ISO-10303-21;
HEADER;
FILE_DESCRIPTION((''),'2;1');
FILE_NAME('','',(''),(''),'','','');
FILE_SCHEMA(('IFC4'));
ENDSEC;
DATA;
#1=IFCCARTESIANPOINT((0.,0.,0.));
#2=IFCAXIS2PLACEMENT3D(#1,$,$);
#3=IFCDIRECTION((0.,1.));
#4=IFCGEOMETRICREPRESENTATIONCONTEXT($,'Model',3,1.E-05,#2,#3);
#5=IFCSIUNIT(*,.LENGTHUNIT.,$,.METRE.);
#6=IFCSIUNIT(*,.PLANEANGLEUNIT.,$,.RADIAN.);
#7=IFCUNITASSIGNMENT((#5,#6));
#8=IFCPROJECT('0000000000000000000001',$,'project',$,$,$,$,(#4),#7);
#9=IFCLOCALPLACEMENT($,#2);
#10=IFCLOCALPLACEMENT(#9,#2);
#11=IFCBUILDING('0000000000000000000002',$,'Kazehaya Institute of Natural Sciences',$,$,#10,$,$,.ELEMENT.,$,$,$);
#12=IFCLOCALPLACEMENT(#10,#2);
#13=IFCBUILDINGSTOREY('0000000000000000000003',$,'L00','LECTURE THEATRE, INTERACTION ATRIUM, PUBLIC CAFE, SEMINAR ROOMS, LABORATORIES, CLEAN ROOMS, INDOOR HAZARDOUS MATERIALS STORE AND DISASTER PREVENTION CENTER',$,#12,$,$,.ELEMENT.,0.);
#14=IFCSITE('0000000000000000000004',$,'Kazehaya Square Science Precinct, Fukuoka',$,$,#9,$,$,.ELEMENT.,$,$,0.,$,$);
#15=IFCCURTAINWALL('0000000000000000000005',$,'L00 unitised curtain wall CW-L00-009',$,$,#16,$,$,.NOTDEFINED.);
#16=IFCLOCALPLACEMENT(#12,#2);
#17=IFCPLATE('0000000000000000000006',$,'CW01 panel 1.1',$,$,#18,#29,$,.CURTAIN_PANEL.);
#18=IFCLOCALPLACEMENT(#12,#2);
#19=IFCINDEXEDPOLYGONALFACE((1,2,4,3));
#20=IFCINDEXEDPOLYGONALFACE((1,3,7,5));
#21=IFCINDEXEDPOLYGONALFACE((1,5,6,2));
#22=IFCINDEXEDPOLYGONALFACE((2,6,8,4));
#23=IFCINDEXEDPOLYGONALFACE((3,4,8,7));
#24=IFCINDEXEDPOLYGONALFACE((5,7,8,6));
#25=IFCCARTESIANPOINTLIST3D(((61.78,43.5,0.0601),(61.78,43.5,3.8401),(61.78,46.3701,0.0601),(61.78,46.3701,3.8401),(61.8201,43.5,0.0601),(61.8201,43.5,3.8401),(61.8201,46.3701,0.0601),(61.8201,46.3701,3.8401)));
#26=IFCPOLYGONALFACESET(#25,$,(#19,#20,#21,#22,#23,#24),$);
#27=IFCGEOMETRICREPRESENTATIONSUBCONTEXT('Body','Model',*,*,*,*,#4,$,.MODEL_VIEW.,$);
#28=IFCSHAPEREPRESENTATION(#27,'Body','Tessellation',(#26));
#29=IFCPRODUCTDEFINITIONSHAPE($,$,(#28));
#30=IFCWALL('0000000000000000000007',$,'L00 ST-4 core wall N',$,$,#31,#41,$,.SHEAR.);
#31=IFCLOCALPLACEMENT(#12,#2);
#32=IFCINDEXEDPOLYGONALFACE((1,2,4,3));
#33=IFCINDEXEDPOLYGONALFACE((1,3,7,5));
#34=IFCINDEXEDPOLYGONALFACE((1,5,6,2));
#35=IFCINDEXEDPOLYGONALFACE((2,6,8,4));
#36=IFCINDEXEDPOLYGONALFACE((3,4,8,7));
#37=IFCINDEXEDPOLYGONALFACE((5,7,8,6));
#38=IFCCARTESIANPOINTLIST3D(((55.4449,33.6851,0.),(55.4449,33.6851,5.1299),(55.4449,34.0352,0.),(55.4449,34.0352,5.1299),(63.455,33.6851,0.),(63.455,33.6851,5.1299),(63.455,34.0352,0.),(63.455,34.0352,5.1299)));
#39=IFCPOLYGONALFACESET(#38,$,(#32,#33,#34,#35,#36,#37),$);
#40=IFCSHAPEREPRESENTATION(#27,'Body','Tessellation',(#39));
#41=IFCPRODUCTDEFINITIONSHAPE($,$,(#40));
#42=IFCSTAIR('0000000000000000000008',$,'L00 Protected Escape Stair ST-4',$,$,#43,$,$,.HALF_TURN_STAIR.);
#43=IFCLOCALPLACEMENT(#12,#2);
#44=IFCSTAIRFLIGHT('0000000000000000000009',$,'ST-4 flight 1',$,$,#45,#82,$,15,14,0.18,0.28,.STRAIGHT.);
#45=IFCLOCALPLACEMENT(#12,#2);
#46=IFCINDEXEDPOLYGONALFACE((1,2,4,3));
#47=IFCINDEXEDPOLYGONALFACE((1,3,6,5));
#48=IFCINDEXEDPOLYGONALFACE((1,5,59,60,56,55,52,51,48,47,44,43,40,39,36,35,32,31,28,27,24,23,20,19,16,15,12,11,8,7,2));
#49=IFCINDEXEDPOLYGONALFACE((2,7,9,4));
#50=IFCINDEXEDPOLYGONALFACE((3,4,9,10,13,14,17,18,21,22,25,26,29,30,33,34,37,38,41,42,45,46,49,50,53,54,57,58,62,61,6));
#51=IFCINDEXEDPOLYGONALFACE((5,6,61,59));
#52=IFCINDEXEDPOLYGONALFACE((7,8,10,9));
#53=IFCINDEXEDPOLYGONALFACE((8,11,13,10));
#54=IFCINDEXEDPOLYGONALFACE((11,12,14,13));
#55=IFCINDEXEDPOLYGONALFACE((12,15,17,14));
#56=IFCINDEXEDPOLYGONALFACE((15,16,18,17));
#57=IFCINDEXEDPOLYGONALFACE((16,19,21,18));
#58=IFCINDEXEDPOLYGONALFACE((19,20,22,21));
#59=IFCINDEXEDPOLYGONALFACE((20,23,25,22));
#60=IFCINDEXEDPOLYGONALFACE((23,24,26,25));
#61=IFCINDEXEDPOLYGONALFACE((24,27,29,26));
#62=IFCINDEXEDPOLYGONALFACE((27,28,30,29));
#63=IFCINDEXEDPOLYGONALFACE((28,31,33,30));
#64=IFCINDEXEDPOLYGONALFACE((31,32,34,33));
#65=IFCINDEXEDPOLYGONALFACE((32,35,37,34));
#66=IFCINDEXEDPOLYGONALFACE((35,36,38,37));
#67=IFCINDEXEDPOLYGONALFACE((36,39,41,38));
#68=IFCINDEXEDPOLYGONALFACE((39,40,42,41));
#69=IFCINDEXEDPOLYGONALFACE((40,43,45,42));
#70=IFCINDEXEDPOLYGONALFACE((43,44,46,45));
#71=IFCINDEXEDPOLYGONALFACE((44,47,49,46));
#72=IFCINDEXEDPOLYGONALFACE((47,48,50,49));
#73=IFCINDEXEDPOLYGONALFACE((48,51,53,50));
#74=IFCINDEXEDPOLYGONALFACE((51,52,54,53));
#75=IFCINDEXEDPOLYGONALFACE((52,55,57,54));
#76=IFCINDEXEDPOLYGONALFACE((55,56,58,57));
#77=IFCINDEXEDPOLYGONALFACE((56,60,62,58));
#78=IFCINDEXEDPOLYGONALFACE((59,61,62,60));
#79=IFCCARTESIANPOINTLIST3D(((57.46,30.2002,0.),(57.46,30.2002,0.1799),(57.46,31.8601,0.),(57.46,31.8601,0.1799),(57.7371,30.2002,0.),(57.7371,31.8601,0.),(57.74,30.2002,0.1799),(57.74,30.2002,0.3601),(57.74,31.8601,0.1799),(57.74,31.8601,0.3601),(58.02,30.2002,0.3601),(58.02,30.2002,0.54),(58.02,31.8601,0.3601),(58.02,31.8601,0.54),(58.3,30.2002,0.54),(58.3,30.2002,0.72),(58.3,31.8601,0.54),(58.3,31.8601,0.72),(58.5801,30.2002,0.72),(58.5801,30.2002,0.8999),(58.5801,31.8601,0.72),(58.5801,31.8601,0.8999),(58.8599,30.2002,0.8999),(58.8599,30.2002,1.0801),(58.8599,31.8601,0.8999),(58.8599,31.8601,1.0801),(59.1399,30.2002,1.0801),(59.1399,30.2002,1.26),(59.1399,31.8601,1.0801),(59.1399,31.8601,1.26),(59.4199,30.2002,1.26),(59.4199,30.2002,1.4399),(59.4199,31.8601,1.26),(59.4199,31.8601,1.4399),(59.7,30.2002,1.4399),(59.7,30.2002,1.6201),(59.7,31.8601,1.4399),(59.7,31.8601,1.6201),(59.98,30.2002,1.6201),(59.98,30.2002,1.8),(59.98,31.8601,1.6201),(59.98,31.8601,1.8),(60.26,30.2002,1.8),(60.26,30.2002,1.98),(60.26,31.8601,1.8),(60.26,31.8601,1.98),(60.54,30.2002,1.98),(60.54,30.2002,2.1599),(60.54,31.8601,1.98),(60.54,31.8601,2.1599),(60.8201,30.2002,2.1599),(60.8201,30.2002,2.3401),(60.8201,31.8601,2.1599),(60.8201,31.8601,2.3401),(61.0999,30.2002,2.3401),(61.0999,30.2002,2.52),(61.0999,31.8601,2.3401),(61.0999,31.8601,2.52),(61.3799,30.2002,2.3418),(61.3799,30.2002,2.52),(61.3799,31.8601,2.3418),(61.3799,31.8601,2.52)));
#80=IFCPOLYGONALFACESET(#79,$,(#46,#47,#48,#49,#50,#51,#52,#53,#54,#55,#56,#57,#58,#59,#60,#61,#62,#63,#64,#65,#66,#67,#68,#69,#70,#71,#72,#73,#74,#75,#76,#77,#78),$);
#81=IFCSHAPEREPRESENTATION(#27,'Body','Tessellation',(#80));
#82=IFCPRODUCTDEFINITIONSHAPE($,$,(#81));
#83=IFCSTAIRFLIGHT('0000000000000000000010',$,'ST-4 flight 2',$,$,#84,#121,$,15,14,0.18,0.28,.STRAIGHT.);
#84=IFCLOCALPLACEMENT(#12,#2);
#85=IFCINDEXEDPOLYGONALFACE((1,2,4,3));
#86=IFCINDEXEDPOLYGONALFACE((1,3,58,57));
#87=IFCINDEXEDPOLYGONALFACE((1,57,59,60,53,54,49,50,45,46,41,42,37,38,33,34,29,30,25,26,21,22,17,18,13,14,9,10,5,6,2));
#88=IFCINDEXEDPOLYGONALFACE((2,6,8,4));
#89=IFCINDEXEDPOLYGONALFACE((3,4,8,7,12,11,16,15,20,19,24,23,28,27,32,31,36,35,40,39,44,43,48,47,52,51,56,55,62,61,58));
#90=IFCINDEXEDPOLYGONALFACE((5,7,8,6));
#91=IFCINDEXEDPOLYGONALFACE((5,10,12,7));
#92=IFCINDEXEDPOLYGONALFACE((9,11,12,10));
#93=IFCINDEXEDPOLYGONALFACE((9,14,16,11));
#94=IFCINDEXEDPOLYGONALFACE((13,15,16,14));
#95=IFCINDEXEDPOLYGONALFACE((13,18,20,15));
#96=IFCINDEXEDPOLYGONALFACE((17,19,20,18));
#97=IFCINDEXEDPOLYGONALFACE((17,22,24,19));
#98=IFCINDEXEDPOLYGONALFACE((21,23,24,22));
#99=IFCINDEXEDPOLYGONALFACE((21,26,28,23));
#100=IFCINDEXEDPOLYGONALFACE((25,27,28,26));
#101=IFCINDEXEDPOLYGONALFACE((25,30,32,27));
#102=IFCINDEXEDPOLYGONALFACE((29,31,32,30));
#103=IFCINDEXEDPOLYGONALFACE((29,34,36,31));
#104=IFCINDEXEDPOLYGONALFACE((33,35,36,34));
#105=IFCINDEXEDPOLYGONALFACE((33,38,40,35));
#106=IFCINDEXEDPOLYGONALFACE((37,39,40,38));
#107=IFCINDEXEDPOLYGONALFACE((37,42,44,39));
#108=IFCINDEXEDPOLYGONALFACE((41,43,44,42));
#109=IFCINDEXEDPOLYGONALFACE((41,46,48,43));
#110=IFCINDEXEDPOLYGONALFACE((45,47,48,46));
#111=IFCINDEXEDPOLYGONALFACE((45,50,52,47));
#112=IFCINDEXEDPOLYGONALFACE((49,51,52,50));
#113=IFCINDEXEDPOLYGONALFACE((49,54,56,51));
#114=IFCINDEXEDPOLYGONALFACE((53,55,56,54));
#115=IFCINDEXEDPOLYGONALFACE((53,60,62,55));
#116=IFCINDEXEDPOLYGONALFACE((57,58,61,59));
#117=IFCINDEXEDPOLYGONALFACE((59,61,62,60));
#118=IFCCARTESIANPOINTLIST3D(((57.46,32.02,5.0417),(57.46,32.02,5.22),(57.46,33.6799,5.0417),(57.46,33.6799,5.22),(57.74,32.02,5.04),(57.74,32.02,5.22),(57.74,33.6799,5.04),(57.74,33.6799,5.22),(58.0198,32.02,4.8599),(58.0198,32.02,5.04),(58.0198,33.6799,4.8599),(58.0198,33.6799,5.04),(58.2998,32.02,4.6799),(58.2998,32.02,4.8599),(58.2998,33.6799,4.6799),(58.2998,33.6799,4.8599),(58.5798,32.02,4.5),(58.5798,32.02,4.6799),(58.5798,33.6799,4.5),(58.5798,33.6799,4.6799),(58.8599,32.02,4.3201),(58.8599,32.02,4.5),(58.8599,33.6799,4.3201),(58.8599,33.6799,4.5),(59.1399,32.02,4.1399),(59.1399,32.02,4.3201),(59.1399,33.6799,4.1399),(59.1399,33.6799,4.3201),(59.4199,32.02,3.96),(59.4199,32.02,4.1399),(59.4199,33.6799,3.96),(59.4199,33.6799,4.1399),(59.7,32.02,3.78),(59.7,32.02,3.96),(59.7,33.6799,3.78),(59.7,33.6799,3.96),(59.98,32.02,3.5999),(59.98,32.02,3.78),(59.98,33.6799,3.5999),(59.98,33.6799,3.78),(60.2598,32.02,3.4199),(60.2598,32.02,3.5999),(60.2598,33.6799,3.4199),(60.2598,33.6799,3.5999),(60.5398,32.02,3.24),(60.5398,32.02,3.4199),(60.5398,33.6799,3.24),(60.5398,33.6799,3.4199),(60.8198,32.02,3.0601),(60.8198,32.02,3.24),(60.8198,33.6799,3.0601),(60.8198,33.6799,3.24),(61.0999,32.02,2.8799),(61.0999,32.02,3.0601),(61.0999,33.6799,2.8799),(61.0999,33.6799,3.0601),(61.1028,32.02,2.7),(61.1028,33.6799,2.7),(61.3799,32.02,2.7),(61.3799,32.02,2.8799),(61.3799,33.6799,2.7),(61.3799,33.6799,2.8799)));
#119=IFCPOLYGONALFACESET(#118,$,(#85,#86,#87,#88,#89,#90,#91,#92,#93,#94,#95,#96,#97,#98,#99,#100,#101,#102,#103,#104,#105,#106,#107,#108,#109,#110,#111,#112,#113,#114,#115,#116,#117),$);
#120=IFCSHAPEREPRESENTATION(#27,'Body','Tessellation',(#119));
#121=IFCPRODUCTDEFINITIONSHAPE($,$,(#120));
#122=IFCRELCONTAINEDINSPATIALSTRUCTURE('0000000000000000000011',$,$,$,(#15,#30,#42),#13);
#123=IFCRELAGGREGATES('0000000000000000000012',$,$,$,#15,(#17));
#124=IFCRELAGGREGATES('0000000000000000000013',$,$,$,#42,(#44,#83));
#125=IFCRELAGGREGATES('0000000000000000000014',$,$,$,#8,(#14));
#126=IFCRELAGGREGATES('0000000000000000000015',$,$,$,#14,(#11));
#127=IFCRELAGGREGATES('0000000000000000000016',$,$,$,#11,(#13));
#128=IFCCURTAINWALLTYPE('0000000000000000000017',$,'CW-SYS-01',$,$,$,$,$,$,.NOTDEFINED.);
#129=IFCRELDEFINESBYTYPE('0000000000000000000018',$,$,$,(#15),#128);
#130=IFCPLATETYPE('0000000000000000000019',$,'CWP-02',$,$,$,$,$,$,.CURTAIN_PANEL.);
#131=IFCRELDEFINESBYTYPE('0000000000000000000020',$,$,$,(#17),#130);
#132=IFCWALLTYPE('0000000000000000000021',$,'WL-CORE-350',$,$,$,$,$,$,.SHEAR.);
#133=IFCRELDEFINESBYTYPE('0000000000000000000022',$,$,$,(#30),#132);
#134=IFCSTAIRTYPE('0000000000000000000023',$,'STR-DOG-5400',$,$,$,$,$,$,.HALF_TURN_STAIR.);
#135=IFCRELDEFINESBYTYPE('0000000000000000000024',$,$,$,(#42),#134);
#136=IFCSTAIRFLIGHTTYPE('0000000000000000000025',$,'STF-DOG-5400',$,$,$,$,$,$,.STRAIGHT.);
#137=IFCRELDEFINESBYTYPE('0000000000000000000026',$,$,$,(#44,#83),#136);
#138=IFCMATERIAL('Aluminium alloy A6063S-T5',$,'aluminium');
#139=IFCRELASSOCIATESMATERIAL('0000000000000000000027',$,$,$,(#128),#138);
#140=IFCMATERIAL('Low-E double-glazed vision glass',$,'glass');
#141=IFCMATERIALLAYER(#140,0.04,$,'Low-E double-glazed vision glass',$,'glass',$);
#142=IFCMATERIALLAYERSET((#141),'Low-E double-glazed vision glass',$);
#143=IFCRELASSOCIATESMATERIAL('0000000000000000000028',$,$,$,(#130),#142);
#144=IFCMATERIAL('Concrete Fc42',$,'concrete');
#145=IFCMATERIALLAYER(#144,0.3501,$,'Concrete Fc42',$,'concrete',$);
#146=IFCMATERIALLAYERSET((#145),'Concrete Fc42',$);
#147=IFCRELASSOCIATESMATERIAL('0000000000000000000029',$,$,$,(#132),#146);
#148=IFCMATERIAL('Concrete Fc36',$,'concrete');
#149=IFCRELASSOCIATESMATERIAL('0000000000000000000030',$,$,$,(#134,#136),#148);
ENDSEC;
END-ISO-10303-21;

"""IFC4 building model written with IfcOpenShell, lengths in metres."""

from ifc_helpers import new_model, si_unit, direction, frame, frame_2d, origin, origin_2d, place, context, subcontext, project, spatial, polyline, rectangle, outline, extrude, material, layer, layer_set, type_object, element, aggregate, save


model = new_model("IFC4")

# Units and contexts
model_context = context("Model", 3, precision=1e-05, world=origin(), true_north=direction((0.0, 1.0)))
body_context = subcontext(model_context, "Body", "Model", "MODEL_VIEW")
ifc_project = project(units=[si_unit("LENGTHUNIT", "METRE"), si_unit("PLANEANGLEUNIT", "RADIAN")], contexts=[model_context])

# Site, building, storey
site_placement = place(None, origin())
site = spatial("IfcSite", under=ifc_project, at=site_placement, Name="Kazehaya Square Science Precinct, Fukuoka", CompositionType="ELEMENT", RefElevation=0.0)
building_placement = place(site_placement, origin())
building = spatial("IfcBuilding", under=site, at=building_placement, Name="Kazehaya Institute of Natural Sciences", CompositionType="ELEMENT")
storey_placement = place(building_placement, origin())
storey = spatial("IfcBuildingStorey", under=building, at=storey_placement, Name="L00", Description="LECTURE THEATRE, INTERACTION ATRIUM, PUBLIC CAFE, SEMINAR ROOMS, LABORATORIES, CLEAN ROOMS, INDOOR HAZARDOUS MATERIALS STORE AND DISASTER PREVENTION CENTER", CompositionType="ELEMENT", Elevation=0.0)

# Shared definitions
ifc_material_1 = material(Name="Concrete Fc42", Category="concrete")

# Shared definitions
ifc_material_2 = material(Name="Concrete Fc36", Category="concrete")

# Curtain wall
ifc_material_3 = material(Name="Aluminium alloy A6063S-T5", Category="aluminium")
curtain_wall_type = type_object("IfcCurtainWallType", Name="CW-SYS-01", PredefinedType="NOTDEFINED", material=ifc_material_3)
curtain_wall_1_placement = place(storey_placement, origin())
curtain_wall_1 = element("IfcCurtainWall", 1, at=curtain_wall_1_placement, inside=storey, type_object=curtain_wall_type, Name="L00 unitised curtain wall CW-L00-009", PredefinedType="NOTDEFINED")

# Plate
ifc_material_4 = material(Name="Low-E double-glazed vision glass", Category="glass")
ifc_layer_1 = layer(ifc_material_4, 0.04, Name="Low-E double-glazed vision glass", Category="glass")
ifc_layer_set_1 = layer_set([ifc_layer_1], Name="Low-E double-glazed vision glass")
plate_type_1 = type_object("IfcPlateType", Name="CWP-02", PredefinedType="CURTAIN_PANEL", material=ifc_layer_set_1)
plate_1_placement = place(storey_placement, frame((61.8, 44.9351, 0.0601), z_axis=(0.0, 0.0, 1.0), x_axis=(0.0, 1.0, 0.0)))
plate_1 = element("IfcPlate", 2, at=plate_1_placement, type_object=plate_type_1, Name="CW01 panel 1.1", PredefinedType="CURTAIN_PANEL", context=body_context, shape_type="SweptSolid", body=[
    extrude(rectangle(XDim=2.8701, YDim=0.04, at=origin_2d()), origin(), (0.0, 0.0, 1.0), 3.78),
])
aggregate(curtain_wall_1, [plate_1])

# Wall
ifc_layer_2 = layer(ifc_material_1, 0.3501, Name="Concrete Fc42", Category="concrete")
ifc_layer_set_2 = layer_set([ifc_layer_2], Name="Concrete Fc42")
wall_type = type_object("IfcWallType", Name="WL-CORE-350", PredefinedType="SHEAR", material=ifc_layer_set_2)
wall_1_placement = place(storey_placement, frame((55.4451, 33.8601, 0.0), z_axis=(0.0, 0.0, 1.0), x_axis=(1.0, 0.0, 0.0)))
element("IfcWall", 3, at=wall_1_placement, inside=storey, type_object=wall_type, Name="L00 ST-4 core wall N", PredefinedType="SHEAR", context=body_context, shape_type="SweptSolid", body=[
    extrude(rectangle(XDim=8.01, YDim=0.3501, at=frame_2d((4.0049, 0.0))), origin(), (0.0, 0.0, 1.0), 5.1299),
])

# Stair, stair flights
stair_type = type_object("IfcStairType", Name="STR-DOG-5400", PredefinedType="HALF_TURN_STAIR", material=ifc_material_2)
stair_placement = place(storey_placement, origin())
stair = element("IfcStair", 4, at=stair_placement, inside=storey, type_object=stair_type, Name="L00 Protected Escape Stair ST-4", PredefinedType="HALF_TURN_STAIR")
stair_flight_type = type_object("IfcStairFlightType", Name="STF-DOG-5400", PredefinedType="STRAIGHT", material=ifc_material_2)
stair_flight_1_placement = place(storey_placement, frame((57.46, 31.03, 0.0), z_axis=(0.0, 0.0, 1.0), x_axis=(1.0, 0.0, 0.0)))
stair_flight_1 = element("IfcStairFlight", 5, at=stair_flight_1_placement, type_object=stair_flight_type, Name="ST-4 flight 1", NumberOfRisers=15, NumberOfTreads=14, PredefinedType="STRAIGHT", RiserHeight=0.18, TreadLength=0.28, context=body_context, shape_type="SweptSolid", body=[
    extrude(outline(polyline([(0.0, 0.0), (0.0, 0.1799), (0.28, 0.1799), (0.28, 0.3601), (0.5601, 0.3601), (0.5601, 0.54), (0.8401, 0.54), (0.8401, 0.72), (1.1201, 0.72), (1.1201, 0.8999), (1.3999, 0.8999), (1.3999, 1.0801), (1.6799, 1.0801), (1.6799, 1.26), (1.96, 1.26), (1.96, 1.4399), (2.24, 1.4399), (2.24, 1.6201), (2.52, 1.6201), (2.52, 1.8), (2.8, 1.8), (2.8, 1.98), (3.0801, 1.98), (3.0801, 2.1599), (3.3601, 2.1599), (3.3601, 2.3401), (3.6399, 2.3401), (3.6399, 2.52), (3.9199, 2.52), (3.9199, 2.7), (3.9199, 2.3418), (0.2771, 0.0), (0.0, 0.0)])), frame((0.0, 0.8301, 0.0), z_axis=(0.0, -1.0, 0.0), x_axis=(1.0, 0.0, 0.0)), (0.0, 0.0, 1.0), 1.6599),
])
stair_flight_2_placement = place(storey_placement, frame((61.3799, 32.8501, 2.7), z_axis=(0.0, 0.0, 1.0), x_axis=(-1.0, 0.0, 0.0)))
stair_flight_2 = element("IfcStairFlight", 6, at=stair_flight_2_placement, type_object=stair_flight_type, Name="ST-4 flight 2", NumberOfRisers=15, NumberOfTreads=14, PredefinedType="STRAIGHT", RiserHeight=0.18, TreadLength=0.28, context=body_context, shape_type="SweptSolid", body=[
    extrude(outline(polyline([(0.0, 0.0), (0.0, 0.1799), (0.28, 0.1799), (0.28, 0.3601), (0.5601, 0.3601), (0.5601, 0.54), (0.8401, 0.54), (0.8401, 0.72), (1.1201, 0.72), (1.1201, 0.8999), (1.3999, 0.8999), (1.3999, 1.0801), (1.6799, 1.0801), (1.6799, 1.26), (1.96, 1.26), (1.96, 1.4399), (2.24, 1.4399), (2.24, 1.6201), (2.52, 1.6201), (2.52, 1.8), (2.8, 1.8), (2.8, 1.98), (3.0801, 1.98), (3.0801, 2.1599), (3.3601, 2.1599), (3.3601, 2.3401), (3.6399, 2.3401), (3.6399, 2.52), (3.9199, 2.52), (3.9199, 2.7), (3.9199, 2.3418), (0.2771, 0.0), (0.0, 0.0)])), frame((0.0, 0.8301, 0.0), z_axis=(0.0, -1.0, 0.0), x_axis=(1.0, 0.0, 0.0)), (0.0, 0.0, 1.0), 1.6599),
])
aggregate(stair, [stair_flight_1, stair_flight_2])

save(model, "model.ifc")
